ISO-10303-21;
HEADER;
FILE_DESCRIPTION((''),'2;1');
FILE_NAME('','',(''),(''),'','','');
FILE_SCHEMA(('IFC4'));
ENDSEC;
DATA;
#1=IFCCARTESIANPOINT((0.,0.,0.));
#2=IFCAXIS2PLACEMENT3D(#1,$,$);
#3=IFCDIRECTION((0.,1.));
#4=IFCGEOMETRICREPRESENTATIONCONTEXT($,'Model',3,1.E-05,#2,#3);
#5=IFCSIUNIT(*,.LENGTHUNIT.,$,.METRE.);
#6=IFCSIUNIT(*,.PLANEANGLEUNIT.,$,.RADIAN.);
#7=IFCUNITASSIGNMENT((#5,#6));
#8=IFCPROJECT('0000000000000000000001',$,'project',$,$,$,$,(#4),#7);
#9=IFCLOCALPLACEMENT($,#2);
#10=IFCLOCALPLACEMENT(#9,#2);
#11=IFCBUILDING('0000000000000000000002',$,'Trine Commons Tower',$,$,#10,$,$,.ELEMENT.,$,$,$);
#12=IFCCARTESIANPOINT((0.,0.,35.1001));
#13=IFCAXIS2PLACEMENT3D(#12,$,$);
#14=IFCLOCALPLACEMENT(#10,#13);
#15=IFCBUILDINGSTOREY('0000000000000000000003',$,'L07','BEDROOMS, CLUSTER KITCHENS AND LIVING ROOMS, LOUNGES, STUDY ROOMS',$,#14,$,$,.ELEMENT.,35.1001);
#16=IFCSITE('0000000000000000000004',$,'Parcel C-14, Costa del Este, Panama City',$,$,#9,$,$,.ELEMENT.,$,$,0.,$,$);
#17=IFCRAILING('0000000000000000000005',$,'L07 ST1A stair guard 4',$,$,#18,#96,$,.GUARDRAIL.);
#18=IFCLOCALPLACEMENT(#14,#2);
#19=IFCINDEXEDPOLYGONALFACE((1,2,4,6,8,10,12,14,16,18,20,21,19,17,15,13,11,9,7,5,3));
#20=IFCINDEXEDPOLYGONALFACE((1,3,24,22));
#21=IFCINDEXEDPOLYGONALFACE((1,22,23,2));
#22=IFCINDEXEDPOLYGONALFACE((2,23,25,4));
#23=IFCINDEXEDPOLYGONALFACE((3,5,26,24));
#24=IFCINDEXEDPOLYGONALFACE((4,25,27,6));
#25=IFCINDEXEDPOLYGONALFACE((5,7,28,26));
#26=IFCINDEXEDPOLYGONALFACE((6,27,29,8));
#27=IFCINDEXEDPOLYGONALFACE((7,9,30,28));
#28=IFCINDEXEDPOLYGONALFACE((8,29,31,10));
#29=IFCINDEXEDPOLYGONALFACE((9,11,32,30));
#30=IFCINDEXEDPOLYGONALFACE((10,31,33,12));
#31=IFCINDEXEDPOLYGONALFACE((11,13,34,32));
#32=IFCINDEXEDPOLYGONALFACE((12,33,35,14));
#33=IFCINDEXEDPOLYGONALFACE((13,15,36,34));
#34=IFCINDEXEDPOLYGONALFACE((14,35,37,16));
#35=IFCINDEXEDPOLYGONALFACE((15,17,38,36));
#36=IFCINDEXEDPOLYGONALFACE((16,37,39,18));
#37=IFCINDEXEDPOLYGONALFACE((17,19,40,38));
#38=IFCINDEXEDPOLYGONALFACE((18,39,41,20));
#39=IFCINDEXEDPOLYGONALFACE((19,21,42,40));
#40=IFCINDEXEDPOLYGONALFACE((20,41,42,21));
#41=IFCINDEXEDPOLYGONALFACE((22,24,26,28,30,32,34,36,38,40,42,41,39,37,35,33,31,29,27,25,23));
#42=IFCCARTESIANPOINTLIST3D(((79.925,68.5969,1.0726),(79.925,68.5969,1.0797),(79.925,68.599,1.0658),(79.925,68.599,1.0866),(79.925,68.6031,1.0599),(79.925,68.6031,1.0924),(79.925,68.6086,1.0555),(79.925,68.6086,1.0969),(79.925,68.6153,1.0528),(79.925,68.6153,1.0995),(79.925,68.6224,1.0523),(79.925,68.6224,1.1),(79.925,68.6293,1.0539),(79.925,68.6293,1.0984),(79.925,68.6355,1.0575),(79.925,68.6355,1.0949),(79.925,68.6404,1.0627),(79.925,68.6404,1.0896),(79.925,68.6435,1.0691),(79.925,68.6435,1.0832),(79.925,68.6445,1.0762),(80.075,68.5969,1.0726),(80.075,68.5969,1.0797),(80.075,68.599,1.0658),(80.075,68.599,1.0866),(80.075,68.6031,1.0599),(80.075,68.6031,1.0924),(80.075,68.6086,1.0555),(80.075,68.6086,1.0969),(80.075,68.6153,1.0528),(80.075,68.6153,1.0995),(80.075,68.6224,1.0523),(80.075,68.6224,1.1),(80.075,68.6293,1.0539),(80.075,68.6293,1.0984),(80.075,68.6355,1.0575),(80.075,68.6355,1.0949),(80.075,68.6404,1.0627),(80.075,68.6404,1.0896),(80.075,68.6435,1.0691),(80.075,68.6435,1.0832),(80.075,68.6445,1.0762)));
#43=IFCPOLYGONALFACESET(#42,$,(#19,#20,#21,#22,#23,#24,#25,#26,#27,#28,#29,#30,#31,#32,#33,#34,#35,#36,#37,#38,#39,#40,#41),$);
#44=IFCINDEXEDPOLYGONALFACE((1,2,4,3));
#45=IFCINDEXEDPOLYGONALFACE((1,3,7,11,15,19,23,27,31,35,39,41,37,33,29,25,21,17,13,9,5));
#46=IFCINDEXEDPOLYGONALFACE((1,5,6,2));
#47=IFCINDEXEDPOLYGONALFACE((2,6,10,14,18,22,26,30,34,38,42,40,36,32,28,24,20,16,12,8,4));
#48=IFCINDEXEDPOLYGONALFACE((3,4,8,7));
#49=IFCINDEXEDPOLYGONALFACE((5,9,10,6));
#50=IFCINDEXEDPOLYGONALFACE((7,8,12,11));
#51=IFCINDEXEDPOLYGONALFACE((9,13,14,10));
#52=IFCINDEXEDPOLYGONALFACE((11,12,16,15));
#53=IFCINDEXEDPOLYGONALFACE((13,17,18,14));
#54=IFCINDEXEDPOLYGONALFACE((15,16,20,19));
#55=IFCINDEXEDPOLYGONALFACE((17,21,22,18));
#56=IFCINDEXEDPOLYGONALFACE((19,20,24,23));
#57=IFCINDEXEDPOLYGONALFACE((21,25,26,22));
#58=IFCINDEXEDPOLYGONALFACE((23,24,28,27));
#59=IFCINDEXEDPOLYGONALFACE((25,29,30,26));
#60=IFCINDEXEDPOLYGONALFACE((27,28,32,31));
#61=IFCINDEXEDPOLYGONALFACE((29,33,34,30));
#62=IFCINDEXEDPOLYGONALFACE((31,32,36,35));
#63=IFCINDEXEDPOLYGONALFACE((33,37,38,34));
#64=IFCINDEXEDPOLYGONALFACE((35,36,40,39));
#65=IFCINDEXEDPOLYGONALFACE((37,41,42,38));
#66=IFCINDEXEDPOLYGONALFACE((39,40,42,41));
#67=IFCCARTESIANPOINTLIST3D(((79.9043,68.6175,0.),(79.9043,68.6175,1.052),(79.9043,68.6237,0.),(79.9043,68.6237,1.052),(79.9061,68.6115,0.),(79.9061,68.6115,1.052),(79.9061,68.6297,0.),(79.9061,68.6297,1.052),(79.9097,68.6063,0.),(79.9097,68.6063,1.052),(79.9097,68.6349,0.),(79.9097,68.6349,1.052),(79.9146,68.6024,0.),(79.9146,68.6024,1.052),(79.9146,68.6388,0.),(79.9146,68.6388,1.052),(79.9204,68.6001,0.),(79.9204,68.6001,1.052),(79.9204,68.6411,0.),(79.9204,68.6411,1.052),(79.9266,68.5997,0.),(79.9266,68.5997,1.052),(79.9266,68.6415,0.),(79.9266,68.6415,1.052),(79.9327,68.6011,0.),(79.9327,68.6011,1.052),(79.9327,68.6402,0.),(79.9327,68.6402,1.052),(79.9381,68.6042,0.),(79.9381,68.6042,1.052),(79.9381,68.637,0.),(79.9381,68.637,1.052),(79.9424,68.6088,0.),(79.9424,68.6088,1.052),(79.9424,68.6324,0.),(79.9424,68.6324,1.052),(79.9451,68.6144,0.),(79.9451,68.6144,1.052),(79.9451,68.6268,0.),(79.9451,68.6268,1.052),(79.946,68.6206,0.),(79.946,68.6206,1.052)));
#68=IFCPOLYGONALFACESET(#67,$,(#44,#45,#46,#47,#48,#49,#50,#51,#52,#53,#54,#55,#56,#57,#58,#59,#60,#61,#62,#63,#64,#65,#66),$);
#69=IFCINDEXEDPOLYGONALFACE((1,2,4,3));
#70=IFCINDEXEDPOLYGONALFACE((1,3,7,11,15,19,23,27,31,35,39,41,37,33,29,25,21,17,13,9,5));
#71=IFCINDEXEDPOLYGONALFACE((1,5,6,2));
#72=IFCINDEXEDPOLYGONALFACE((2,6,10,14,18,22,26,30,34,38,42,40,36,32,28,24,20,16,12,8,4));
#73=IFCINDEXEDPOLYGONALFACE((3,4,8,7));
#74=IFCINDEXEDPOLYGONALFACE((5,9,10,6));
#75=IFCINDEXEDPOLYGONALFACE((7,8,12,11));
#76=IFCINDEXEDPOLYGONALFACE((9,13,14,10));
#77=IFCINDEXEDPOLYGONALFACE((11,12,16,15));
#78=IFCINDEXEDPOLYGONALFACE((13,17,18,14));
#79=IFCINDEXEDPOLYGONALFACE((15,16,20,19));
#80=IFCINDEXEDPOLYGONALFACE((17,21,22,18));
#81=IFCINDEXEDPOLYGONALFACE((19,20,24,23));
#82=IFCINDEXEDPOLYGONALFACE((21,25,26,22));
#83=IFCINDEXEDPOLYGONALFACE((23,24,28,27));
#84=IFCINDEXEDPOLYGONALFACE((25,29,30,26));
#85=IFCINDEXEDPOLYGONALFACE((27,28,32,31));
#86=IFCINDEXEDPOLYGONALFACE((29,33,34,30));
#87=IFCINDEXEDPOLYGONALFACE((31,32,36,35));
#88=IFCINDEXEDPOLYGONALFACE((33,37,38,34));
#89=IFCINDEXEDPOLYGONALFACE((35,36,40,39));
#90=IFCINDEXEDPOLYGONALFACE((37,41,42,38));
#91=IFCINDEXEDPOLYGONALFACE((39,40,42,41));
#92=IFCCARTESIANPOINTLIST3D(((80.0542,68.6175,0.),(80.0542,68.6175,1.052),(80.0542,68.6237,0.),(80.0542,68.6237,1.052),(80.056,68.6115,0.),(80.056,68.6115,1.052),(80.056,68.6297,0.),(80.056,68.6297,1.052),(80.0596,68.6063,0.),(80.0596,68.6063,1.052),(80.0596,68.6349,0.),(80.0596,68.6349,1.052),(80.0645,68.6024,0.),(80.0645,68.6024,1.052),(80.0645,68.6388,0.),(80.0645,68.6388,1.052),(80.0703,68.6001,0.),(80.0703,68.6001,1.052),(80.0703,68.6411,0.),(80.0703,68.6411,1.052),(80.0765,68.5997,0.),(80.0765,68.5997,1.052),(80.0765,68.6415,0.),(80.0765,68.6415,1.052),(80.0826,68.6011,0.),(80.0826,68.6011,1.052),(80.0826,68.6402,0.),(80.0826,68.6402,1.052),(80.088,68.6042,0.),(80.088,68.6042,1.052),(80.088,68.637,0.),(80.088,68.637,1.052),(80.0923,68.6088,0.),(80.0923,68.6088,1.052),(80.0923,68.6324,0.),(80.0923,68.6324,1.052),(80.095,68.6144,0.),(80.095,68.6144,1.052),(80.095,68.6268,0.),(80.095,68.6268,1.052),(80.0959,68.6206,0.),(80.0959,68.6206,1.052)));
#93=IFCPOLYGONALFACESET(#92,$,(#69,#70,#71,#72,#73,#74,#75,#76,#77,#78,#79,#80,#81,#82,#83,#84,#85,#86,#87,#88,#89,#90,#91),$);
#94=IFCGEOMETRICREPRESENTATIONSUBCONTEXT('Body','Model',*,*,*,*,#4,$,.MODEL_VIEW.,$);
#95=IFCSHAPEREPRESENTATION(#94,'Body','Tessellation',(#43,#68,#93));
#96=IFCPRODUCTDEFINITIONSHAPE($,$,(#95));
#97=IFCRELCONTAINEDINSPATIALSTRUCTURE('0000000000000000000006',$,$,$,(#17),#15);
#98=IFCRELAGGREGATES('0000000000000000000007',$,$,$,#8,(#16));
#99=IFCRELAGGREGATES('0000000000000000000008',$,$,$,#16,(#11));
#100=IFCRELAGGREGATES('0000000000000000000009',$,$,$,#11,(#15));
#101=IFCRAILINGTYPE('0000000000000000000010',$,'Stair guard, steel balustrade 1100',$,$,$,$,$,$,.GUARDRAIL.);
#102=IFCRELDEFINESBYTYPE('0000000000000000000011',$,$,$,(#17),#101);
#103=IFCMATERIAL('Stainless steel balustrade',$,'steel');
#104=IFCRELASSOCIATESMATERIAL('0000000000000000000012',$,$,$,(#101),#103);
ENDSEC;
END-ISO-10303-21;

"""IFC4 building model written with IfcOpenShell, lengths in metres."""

from ifc_helpers import new_model, si_unit, direction, frame, origin, origin_2d, place, context, subcontext, project, spatial, circle, extrude, material, type_object, element, save


model = new_model("IFC4")

# Units and contexts
model_context = context("Model", 3, precision=1e-05, world=origin(), true_north=direction((0.0, 1.0)))
body_context = subcontext(model_context, "Body", "Model", "MODEL_VIEW")
ifc_project = project(units=[si_unit("LENGTHUNIT", "METRE"), si_unit("PLANEANGLEUNIT", "RADIAN")], contexts=[model_context])

# Site, building, storey
site_placement = place(None, origin())
site = spatial("IfcSite", under=ifc_project, at=site_placement, Name="Parcel C-14, Costa del Este, Panama City", CompositionType="ELEMENT", RefElevation=0.0)
building_placement = place(site_placement, origin())
building = spatial("IfcBuilding", under=site, at=building_placement, Name="Trine Commons Tower", CompositionType="ELEMENT")
storey_placement = place(building_placement, frame((0.0, 0.0, 35.1001)))
storey = spatial("IfcBuildingStorey", under=building, at=storey_placement, Name="L07", Description="BEDROOMS, CLUSTER KITCHENS AND LIVING ROOMS, LOUNGES, STUDY ROOMS", CompositionType="ELEMENT", Elevation=35.1001)

# Railing
ifc_material_1 = material(Name="Stainless steel balustrade", Category="steel")
railing_type = type_object("IfcRailingType", Name="Stair guard, steel balustrade 1100", PredefinedType="GUARDRAIL", material=ifc_material_1)
railing_1_placement = place(storey_placement, frame((79.925, 68.6206, 0.0)))
element("IfcRailing", 1, at=railing_1_placement, inside=storey, type_object=railing_type, Name="L07 ST1A stair guard 4", PredefinedType="GUARDRAIL", context=body_context, shape_type="SweptSolid", body=[
    extrude(circle(Radius=0.0239, at=origin_2d()), frame((0.0, 0.0, 1.0762), z_axis=(1.0, 0.0, 0.0), x_axis=(0.0, 1.0, 0.0)), (0.0, 0.0, 1.0), 0.1499),
    extrude(circle(Radius=0.021, at=origin_2d()), origin(), (0.0, 0.0, 1.0), 1.052),
    extrude(circle(Radius=0.021, at=origin_2d()), frame((0.1499, 0.0, 0.0)), (0.0, 0.0, 1.0), 1.052),
])

save(model, "model.ifc")
